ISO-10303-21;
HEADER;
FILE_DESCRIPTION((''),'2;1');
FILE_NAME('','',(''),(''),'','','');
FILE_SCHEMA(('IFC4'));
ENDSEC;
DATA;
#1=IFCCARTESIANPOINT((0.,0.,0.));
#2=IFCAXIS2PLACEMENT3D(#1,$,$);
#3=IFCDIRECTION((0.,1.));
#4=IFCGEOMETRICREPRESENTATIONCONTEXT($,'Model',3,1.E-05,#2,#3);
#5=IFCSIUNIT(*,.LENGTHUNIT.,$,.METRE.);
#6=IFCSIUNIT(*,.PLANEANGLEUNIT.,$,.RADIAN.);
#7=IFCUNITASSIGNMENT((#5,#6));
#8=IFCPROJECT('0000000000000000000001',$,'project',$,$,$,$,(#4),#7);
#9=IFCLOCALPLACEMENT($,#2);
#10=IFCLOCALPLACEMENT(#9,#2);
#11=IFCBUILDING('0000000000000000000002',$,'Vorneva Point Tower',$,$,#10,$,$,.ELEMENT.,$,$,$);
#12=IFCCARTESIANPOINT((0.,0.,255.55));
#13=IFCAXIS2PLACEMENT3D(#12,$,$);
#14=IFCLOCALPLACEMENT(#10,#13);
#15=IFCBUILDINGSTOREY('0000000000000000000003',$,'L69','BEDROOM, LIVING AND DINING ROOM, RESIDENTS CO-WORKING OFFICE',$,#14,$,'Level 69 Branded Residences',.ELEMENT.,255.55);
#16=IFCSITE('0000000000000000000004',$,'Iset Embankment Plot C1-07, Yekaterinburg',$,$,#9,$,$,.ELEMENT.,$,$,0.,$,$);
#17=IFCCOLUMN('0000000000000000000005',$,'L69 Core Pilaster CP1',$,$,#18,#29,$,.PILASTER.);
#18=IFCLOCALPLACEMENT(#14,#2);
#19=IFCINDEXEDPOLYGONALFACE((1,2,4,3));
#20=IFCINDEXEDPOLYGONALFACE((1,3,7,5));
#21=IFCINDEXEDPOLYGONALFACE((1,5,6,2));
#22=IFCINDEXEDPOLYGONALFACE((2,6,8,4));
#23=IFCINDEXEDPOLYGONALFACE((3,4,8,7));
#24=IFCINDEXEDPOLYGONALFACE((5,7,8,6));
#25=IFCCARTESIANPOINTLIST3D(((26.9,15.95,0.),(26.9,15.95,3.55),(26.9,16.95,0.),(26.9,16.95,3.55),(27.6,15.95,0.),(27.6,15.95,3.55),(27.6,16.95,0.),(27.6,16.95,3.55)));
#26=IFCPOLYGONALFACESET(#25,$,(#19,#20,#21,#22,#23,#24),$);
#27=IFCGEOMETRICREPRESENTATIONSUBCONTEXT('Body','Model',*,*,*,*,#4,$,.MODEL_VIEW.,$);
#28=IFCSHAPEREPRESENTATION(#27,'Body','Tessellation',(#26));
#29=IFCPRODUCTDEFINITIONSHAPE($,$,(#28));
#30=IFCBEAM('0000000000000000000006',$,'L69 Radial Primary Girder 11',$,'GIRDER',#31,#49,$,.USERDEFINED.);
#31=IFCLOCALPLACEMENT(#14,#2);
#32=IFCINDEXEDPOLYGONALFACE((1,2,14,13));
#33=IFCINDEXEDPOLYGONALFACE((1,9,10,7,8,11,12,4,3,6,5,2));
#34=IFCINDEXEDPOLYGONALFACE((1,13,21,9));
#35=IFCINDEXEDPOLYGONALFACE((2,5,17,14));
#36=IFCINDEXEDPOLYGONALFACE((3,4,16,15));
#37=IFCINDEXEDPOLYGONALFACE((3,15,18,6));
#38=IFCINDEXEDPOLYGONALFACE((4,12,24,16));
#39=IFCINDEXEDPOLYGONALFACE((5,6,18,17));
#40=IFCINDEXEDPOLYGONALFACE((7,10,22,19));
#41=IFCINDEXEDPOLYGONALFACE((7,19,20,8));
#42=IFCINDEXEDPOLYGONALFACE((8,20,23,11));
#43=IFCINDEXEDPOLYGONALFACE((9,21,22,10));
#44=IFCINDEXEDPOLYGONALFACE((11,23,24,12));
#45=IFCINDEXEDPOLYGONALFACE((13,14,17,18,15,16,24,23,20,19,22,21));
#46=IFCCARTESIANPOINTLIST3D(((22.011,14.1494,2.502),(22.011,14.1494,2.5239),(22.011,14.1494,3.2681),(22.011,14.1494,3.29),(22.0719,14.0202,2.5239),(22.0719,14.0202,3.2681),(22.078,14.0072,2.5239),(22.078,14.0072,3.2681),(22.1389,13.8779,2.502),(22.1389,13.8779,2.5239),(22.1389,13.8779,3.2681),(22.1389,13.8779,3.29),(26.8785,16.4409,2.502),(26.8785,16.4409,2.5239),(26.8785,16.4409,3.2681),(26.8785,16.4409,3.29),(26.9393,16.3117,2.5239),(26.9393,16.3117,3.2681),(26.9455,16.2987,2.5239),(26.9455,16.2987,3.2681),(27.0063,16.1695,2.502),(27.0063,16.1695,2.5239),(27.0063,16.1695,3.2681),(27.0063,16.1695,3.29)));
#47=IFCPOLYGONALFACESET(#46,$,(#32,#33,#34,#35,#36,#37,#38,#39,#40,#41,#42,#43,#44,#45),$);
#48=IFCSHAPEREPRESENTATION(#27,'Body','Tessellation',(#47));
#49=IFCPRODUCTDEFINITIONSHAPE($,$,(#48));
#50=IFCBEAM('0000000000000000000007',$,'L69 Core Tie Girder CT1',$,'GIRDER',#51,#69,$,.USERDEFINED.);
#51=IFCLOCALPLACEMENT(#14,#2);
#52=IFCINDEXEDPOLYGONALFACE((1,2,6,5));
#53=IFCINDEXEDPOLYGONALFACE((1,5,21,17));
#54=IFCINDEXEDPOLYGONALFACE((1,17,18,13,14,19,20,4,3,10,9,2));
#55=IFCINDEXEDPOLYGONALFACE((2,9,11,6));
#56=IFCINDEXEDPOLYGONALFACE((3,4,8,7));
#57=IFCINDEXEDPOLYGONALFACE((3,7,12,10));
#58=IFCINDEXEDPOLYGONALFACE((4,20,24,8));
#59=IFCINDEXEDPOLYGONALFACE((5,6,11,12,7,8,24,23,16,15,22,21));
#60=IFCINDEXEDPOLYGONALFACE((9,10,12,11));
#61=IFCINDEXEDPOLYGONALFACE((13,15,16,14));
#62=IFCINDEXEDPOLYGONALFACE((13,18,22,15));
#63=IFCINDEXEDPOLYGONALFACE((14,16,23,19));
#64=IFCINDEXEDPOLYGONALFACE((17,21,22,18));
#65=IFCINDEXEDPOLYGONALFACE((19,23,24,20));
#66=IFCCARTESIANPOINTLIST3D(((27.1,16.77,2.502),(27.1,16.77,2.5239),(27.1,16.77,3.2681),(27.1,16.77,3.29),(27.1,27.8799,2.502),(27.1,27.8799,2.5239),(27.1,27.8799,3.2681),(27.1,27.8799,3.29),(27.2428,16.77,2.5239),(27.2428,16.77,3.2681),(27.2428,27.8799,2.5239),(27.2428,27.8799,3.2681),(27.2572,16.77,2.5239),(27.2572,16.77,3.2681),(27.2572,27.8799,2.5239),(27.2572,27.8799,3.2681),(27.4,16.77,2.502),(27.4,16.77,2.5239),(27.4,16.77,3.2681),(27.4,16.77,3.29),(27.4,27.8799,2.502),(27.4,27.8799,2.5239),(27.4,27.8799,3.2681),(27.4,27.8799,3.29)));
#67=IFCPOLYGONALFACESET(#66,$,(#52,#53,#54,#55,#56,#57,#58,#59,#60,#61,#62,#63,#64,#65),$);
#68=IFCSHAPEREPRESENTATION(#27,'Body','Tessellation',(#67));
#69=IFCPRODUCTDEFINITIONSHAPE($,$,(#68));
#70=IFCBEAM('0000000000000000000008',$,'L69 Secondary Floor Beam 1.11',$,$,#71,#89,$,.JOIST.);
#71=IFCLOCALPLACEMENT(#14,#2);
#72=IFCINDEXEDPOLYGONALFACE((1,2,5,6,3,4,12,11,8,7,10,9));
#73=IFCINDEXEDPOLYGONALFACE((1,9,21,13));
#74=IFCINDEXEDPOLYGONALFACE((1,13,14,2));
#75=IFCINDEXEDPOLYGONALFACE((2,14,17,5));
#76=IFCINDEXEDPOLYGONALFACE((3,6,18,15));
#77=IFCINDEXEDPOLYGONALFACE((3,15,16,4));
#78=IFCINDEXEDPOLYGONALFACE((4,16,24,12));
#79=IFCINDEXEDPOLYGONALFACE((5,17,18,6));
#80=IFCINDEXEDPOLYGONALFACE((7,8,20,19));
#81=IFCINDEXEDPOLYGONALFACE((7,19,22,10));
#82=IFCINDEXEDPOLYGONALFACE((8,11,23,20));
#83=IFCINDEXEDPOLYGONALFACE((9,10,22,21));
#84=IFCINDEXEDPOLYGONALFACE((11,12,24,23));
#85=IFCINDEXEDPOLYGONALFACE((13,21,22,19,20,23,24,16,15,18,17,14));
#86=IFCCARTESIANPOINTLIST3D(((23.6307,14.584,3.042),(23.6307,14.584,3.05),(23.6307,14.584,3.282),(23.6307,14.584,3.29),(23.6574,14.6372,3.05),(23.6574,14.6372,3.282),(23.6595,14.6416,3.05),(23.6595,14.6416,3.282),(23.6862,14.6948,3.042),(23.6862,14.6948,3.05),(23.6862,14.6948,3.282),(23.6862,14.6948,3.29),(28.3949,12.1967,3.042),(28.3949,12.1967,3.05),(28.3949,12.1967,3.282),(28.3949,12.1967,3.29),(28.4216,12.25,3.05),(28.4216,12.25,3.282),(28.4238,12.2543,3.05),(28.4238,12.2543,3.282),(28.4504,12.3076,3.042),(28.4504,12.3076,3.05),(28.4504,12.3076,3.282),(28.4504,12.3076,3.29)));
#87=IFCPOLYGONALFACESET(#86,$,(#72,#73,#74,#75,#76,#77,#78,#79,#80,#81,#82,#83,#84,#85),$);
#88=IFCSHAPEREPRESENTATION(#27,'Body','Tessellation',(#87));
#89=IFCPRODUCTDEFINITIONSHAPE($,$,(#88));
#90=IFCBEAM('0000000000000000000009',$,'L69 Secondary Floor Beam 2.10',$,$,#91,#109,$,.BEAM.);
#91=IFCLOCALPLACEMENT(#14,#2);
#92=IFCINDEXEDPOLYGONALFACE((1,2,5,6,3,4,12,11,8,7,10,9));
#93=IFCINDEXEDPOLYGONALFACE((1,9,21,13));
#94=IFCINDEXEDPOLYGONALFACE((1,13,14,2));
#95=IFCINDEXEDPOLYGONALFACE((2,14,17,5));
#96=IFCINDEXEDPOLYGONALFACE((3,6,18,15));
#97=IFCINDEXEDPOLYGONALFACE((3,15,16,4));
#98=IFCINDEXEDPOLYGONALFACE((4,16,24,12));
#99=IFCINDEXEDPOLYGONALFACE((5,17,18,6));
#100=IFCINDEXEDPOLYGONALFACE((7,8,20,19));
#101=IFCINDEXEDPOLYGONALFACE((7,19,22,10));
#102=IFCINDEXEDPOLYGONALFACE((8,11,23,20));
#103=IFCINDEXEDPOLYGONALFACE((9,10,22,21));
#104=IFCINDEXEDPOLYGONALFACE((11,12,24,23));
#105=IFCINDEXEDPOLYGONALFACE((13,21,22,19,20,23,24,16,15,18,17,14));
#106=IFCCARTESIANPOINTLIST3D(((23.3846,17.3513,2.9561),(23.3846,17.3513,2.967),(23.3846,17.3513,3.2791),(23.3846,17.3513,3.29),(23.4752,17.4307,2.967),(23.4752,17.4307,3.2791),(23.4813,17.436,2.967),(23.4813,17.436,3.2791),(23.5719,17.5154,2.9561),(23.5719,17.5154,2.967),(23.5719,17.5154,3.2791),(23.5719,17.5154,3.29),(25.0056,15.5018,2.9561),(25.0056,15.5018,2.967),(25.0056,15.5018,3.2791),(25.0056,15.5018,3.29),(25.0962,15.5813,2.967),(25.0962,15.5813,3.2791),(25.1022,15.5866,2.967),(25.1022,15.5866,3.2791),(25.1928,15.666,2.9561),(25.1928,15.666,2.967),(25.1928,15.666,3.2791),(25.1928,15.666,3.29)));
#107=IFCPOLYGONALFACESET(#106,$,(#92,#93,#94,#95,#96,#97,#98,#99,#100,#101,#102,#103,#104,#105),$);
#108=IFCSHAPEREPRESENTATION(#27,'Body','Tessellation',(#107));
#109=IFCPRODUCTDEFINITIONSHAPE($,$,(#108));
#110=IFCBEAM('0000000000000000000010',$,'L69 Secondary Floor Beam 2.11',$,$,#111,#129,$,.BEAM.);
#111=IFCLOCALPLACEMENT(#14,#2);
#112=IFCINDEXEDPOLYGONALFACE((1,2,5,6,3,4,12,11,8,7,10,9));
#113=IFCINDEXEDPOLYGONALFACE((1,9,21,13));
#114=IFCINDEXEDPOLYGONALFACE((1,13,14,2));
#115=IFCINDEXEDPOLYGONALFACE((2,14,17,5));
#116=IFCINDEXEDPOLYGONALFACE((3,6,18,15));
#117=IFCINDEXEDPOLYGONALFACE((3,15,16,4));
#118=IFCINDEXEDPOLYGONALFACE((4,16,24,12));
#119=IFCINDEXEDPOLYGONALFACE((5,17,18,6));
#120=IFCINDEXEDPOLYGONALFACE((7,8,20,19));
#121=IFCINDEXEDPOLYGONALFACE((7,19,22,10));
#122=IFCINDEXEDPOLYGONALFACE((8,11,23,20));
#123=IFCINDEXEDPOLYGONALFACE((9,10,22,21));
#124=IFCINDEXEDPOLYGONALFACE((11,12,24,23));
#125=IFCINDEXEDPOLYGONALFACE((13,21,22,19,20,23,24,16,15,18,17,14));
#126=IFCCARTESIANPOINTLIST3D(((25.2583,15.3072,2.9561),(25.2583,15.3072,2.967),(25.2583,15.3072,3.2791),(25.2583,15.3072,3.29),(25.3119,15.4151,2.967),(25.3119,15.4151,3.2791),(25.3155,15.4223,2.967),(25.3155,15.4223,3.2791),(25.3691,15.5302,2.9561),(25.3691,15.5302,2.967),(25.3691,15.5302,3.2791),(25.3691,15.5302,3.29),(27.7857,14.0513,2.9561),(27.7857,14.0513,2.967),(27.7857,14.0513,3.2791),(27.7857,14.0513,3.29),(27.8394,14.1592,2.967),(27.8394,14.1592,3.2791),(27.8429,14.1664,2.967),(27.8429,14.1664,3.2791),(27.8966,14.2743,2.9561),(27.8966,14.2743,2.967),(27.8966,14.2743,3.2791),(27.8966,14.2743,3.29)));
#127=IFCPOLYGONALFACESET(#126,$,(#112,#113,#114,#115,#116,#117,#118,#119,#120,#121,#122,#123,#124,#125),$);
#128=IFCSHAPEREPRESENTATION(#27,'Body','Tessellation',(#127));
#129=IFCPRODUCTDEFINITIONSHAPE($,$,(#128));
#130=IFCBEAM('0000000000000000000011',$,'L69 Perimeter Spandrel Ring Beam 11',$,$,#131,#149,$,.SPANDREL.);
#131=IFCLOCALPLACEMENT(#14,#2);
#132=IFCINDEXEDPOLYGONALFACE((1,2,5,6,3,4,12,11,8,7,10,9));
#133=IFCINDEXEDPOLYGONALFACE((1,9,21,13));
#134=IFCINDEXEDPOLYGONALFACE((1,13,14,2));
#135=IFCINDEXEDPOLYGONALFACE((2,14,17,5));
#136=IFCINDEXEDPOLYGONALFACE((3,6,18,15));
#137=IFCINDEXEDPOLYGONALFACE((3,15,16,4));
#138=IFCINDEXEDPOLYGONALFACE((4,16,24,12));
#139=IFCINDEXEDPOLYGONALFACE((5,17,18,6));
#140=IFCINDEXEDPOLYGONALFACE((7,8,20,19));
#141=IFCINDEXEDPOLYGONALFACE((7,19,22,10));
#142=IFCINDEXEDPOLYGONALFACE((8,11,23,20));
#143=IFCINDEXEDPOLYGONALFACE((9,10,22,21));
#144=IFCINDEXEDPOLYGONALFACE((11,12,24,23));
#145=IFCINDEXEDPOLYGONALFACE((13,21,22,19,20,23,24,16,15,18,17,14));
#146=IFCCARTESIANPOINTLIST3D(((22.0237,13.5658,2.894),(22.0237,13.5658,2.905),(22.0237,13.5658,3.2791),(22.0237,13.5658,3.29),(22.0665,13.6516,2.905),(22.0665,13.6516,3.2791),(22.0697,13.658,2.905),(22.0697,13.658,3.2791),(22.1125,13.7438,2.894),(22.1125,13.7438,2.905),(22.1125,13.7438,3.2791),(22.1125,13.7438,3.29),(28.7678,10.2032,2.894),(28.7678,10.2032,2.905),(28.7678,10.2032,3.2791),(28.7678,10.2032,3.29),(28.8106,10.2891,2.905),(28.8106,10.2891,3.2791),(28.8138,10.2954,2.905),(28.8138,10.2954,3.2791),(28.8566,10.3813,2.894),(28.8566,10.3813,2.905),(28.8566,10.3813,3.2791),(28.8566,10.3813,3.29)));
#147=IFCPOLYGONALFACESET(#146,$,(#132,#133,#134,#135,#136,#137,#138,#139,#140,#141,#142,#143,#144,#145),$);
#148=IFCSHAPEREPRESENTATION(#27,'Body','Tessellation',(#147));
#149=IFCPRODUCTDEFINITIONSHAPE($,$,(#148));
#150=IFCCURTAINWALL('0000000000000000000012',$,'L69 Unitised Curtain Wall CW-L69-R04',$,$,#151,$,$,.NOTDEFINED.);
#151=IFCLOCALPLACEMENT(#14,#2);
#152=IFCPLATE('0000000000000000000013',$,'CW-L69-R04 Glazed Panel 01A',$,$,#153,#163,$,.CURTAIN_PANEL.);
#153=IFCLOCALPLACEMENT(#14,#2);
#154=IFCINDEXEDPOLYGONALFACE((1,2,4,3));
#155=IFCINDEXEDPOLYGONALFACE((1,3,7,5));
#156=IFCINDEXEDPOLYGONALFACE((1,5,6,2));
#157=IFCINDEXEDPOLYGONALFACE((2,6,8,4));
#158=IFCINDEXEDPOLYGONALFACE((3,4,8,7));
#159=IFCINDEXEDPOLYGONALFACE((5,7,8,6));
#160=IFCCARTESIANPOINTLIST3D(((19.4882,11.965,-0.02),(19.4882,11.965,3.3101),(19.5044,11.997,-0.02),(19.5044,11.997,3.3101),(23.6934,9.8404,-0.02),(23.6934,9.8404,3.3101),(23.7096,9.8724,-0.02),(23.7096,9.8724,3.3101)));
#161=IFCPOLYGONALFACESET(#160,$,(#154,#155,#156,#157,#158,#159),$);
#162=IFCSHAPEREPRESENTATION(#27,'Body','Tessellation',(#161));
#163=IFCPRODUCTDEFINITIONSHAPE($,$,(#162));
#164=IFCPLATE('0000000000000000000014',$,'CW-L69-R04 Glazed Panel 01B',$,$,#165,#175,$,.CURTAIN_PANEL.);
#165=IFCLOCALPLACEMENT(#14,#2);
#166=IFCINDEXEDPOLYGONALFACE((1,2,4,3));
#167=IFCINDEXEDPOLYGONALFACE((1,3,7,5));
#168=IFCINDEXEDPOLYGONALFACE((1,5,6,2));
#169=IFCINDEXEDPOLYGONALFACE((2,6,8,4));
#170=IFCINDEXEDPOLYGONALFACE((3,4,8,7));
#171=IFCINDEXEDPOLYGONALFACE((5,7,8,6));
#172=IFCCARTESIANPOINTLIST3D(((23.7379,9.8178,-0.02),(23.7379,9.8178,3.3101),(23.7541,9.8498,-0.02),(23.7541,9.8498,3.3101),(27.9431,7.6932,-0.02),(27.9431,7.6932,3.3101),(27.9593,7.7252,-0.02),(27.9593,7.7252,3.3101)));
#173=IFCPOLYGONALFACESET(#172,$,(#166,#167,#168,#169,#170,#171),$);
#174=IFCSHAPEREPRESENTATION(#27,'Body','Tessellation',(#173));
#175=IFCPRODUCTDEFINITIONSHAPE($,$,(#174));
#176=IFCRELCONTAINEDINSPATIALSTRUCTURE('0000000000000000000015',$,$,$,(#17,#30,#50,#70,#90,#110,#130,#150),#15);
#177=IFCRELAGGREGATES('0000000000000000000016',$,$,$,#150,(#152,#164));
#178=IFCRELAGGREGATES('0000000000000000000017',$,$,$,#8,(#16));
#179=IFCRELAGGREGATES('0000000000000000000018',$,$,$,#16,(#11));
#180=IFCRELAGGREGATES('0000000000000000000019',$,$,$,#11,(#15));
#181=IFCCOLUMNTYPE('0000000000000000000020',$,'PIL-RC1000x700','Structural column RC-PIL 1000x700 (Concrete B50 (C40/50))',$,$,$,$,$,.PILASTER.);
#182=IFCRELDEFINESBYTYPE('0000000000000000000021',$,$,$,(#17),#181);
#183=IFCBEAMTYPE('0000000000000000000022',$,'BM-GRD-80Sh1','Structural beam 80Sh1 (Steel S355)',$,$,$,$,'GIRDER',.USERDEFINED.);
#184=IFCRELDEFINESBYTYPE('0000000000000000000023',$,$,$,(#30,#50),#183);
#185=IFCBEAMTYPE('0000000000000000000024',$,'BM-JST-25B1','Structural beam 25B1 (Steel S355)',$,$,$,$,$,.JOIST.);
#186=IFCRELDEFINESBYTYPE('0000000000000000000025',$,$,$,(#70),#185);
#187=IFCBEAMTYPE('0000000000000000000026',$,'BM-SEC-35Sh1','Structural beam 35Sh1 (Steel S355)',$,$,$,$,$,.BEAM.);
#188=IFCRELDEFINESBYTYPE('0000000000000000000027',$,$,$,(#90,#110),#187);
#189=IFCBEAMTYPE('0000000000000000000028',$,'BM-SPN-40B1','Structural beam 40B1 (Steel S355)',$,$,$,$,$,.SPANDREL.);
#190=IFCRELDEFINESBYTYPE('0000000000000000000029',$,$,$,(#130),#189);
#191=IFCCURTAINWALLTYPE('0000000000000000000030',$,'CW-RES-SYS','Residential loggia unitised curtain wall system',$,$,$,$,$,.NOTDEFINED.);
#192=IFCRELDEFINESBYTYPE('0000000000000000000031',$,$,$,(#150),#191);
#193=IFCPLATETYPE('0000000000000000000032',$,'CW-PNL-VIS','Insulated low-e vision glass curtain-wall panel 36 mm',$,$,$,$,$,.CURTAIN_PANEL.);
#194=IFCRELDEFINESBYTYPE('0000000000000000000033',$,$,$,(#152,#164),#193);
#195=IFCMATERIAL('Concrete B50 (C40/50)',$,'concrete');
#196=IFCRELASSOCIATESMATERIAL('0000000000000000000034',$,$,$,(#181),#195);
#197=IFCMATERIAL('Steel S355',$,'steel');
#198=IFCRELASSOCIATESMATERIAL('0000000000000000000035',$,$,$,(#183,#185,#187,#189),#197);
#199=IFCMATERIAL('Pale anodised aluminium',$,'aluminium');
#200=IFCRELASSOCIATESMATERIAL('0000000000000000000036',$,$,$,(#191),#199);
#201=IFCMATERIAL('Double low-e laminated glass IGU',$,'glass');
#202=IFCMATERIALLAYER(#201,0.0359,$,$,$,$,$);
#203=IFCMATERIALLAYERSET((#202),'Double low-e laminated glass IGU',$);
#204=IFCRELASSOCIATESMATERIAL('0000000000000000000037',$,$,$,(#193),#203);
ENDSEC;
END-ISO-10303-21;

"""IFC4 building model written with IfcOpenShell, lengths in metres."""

from ifc_helpers import new_model, si_unit, direction, frame, origin, origin_2d, place, context, subcontext, project, spatial, rectangle, i_section, extrude, material, layer, layer_set, material_profile, profile_set, type_object, element, aggregate, save


model = new_model("IFC4")

# Units and contexts
model_context = context("Model", 3, precision=1e-05, world=origin(), true_north=direction((0.0, 1.0)))
body_context = subcontext(model_context, "Body", "Model", "MODEL_VIEW")
ifc_project = project(units=[si_unit("LENGTHUNIT", "METRE"), si_unit("PLANEANGLEUNIT", "RADIAN")], contexts=[model_context])

# Site, building, storey
site_placement = place(None, origin())
site = spatial("IfcSite", under=ifc_project, at=site_placement, Name="Iset Embankment Plot C1-07, Yekaterinburg", CompositionType="ELEMENT", RefElevation=0.0)
building_placement = place(site_placement, origin())
building = spatial("IfcBuilding", under=site, at=building_placement, Name="Vorneva Point Tower", CompositionType="ELEMENT")
storey_placement = place(building_placement, frame((0.0, 0.0, 255.55)))
storey = spatial("IfcBuildingStorey", under=building, at=storey_placement, Name="L69", Description="BEDROOM, LIVING AND DINING ROOM, RESIDENTS CO-WORKING OFFICE", LongName="Level 69 Branded Residences", CompositionType="ELEMENT", Elevation=255.55)

# Column
ifc_material_1 = material(Name="Concrete B50 (C40/50)", Category="concrete")
ifc_material_profile_1 = material_profile(ifc_material_1, rectangle(XDim=0.7, YDim=1.0, at=origin_2d()), Name="RC-PIL 1000x700")
ifc_profile_set_1 = profile_set([ifc_material_profile_1], Name="Concrete B50 (C40/50)")
column_type_1 = type_object("IfcColumnType", Name="PIL-RC1000x700", Description="Structural column RC-PIL 1000x700 (Concrete B50 (C40/50))", PredefinedType="PILASTER", material=ifc_profile_set_1)
column_1_placement = place(storey_placement, frame((27.25, 16.45, 0.0), z_axis=(0.0, 0.0, 1.0), x_axis=(1.0, 0.0, 0.0)))
element("IfcColumn", 1, at=column_1_placement, inside=storey, type_object=column_type_1, Name="L69 Core Pilaster CP1", PredefinedType="PILASTER", context=body_context, shape_type="SweptSolid", body=[
    extrude(rectangle(XDim=0.7, YDim=1.0, at=origin_2d()), origin(), (0.0, 0.0, 1.0), 3.55),
])

# Beams
ifc_material_2 = material(Name="Steel S355", Category="steel")
ifc_material_profile_2 = material_profile(ifc_material_2, i_section(OverallWidth=0.3, OverallDepth=0.7881, WebThickness=0.0144, FlangeThickness=0.022, at=origin_2d()), Name="80Sh1")
ifc_profile_set_2 = profile_set([ifc_material_profile_2], Name="Steel S355")
beam_type_1 = type_object("IfcBeamType", Name="BM-GRD-80Sh1", Description="Structural beam 80Sh1 (Steel S355)", ElementType="GIRDER", PredefinedType="USERDEFINED", material=ifc_profile_set_2)
beam_1_placement = place(storey_placement, frame((22.075, 14.0137, 2.896), z_axis=(0.904751, 0.425941, 0.0), x_axis=(-0.425941, 0.904751, 0.0)))
element("IfcBeam", 2, at=beam_1_placement, inside=storey, type_object=beam_type_1, Name="L69 Radial Primary Girder 11", ObjectType="GIRDER", PredefinedType="USERDEFINED", context=body_context, shape_type="SweptSolid", body=[
    extrude(i_section(OverallWidth=0.3, OverallDepth=0.7881, WebThickness=0.0144, FlangeThickness=0.022, at=origin_2d()), origin(), (0.0, 0.0, 1.0), 5.3799),
])
beam_2_placement = place(storey_placement, frame((27.25, 16.77, 2.896), z_axis=(0.0, 1.0, 0.0), x_axis=(-1.0, 0.0, 0.0)))
element("IfcBeam", 3, at=beam_2_placement, inside=storey, type_object=beam_type_1, Name="L69 Core Tie Girder CT1", ObjectType="GIRDER", PredefinedType="USERDEFINED", context=body_context, shape_type="SweptSolid", body=[
    extrude(i_section(OverallWidth=0.3, OverallDepth=0.7881, WebThickness=0.0144, FlangeThickness=0.022, at=origin_2d()), origin(), (0.0, 0.0, 1.0), 11.1099),
])
ifc_material_profile_3 = material_profile(ifc_material_2, i_section(OverallWidth=0.124, OverallDepth=0.248, WebThickness=0.0049, FlangeThickness=0.0081, at=origin_2d()), Name="25B1")
ifc_profile_set_3 = profile_set([ifc_material_profile_3], Name="Steel S355")
beam_type_2 = type_object("IfcBeamType", Name="BM-JST-25B1", Description="Structural beam 25B1 (Steel S355)", PredefinedType="JOIST", material=ifc_profile_set_3)
beam_3_placement = place(storey_placement, frame((23.6584, 14.6394, 3.166), z_axis=(0.894042, -0.447983, 0.0), x_axis=(0.447983, 0.894042, 0.0)))
element("IfcBeam", 4, at=beam_3_placement, inside=storey, type_object=beam_type_2, Name="L69 Secondary Floor Beam 1.11", PredefinedType="JOIST", context=body_context, shape_type="SweptSolid", body=[
    extrude(i_section(OverallWidth=0.124, OverallDepth=0.248, WebThickness=0.0049, FlangeThickness=0.0081, at=origin_2d()), origin(), (0.0, 0.0, 1.0), 5.3289),
])
ifc_material_profile_4 = material_profile(ifc_material_2, i_section(OverallWidth=0.249, OverallDepth=0.334, WebThickness=0.0081, FlangeThickness=0.011, at=origin_2d()), Name="35Sh1")
ifc_profile_set_4 = profile_set([ifc_material_profile_4], Name="Steel S355")
beam_type_3 = type_object("IfcBeamType", Name="BM-SEC-35Sh1", Description="Structural beam 35Sh1 (Steel S355)", PredefinedType="BEAM", material=ifc_profile_set_4)
beam_4_placement = place(storey_placement, frame((23.4783, 17.4333, 3.123), z_axis=(0.659116, -0.752041, 0.0), x_axis=(0.752041, 0.659116, 0.0)))
element("IfcBeam", 5, at=beam_4_placement, inside=storey, type_object=beam_type_3, Name="L69 Secondary Floor Beam 2.10", PredefinedType="BEAM", context=body_context, shape_type="SweptSolid", body=[
    extrude(i_section(OverallWidth=0.249, OverallDepth=0.334, WebThickness=0.0081, FlangeThickness=0.011, at=origin_2d()), origin(), (0.0, 0.0, 1.0), 2.4592),
])
beam_5_placement = place(storey_placement, frame((25.3137, 15.4187, 3.123), z_axis=(0.895532, -0.444998, 0.0), x_axis=(0.444998, 0.895532, 0.0)))
element("IfcBeam", 6, at=beam_5_placement, inside=storey, type_object=beam_type_3, Name="L69 Secondary Floor Beam 2.11", PredefinedType="BEAM", context=body_context, shape_type="SweptSolid", body=[
    extrude(i_section(OverallWidth=0.249, OverallDepth=0.334, WebThickness=0.0081, FlangeThickness=0.011, at=origin_2d()), origin(), (0.0, 0.0, 1.0), 2.8223),
])
ifc_material_profile_5 = material_profile(ifc_material_2, i_section(OverallWidth=0.199, OverallDepth=0.396, WebThickness=0.0071, FlangeThickness=0.011, at=origin_2d()), Name="40B1")
ifc_profile_set_5 = profile_set([ifc_material_profile_5], Name="Steel S355")
beam_type_4 = type_object("IfcBeamType", Name="BM-SPN-40B1", Description="Structural beam 40B1 (Steel S355)", PredefinedType="SPANDREL", material=ifc_profile_set_5)
beam_6_placement = place(storey_placement, frame((22.0681, 13.6548, 3.092), z_axis=(0.894932, -0.446203, 0.0), x_axis=(0.446203, 0.894932, 0.0)))
element("IfcBeam", 7, at=beam_6_placement, inside=storey, type_object=beam_type_4, Name="L69 Perimeter Spandrel Ring Beam 11", PredefinedType="SPANDREL", context=body_context, shape_type="SweptSolid", body=[
    extrude(i_section(OverallWidth=0.199, OverallDepth=0.396, WebThickness=0.0071, FlangeThickness=0.011, at=origin_2d()), origin(), (0.0, 0.0, 1.0), 7.5359),
])

# Curtain wall, plates
ifc_material_3 = material(Name="Pale anodised aluminium", Category="aluminium")
curtain_wall_type = type_object("IfcCurtainWallType", Name="CW-RES-SYS", Description="Residential loggia unitised curtain wall system", PredefinedType="NOTDEFINED", material=ifc_material_3)
curtain_wall_placement = place(storey_placement, origin())
curtain_wall = element("IfcCurtainWall", 8, at=curtain_wall_placement, inside=storey, type_object=curtain_wall_type, Name="L69 Unitised Curtain Wall CW-L69-R04", PredefinedType="NOTDEFINED")
ifc_material_4 = material(Name="Double low-e laminated glass IGU", Category="glass")
ifc_layer_1 = layer(ifc_material_4, 0.0359)
ifc_layer_set_1 = layer_set([ifc_layer_1], Name="Double low-e laminated glass IGU")
plate_type = type_object("IfcPlateType", Name="CW-PNL-VIS", Description="Insulated low-e vision glass curtain-wall panel 36 mm", PredefinedType="CURTAIN_PANEL", material=ifc_layer_set_1)
plate_1_placement = place(storey_placement, frame((21.5989, 10.9187, -0.02), z_axis=(0.0, 0.0, 1.0), x_axis=(0.892554, -0.45094, 0.0)))
plate_1 = element("IfcPlate", 9, at=plate_1_placement, type_object=plate_type, Name="CW-L69-R04 Glazed Panel 01A", PredefinedType="CURTAIN_PANEL", context=body_context, shape_type="SweptSolid", body=[
    extrude(rectangle(XDim=4.7114, YDim=0.0359, at=origin_2d()), origin(), (0.0, 0.0, 1.0), 3.3301),
])
plate_2_placement = place(storey_placement, frame((25.8486, 8.7715, -0.02), z_axis=(0.0, 0.0, 1.0), x_axis=(0.892554, -0.45094, 0.0)))
plate_2 = element("IfcPlate", 10, at=plate_2_placement, type_object=plate_type, Name="CW-L69-R04 Glazed Panel 01B", PredefinedType="CURTAIN_PANEL", context=body_context, shape_type="SweptSolid", body=[
    extrude(rectangle(XDim=4.7114, YDim=0.0359, at=origin_2d()), origin(), (0.0, 0.0, 1.0), 3.3301),
])
aggregate(curtain_wall, [plate_1, plate_2])

save(model, "model.ifc")
